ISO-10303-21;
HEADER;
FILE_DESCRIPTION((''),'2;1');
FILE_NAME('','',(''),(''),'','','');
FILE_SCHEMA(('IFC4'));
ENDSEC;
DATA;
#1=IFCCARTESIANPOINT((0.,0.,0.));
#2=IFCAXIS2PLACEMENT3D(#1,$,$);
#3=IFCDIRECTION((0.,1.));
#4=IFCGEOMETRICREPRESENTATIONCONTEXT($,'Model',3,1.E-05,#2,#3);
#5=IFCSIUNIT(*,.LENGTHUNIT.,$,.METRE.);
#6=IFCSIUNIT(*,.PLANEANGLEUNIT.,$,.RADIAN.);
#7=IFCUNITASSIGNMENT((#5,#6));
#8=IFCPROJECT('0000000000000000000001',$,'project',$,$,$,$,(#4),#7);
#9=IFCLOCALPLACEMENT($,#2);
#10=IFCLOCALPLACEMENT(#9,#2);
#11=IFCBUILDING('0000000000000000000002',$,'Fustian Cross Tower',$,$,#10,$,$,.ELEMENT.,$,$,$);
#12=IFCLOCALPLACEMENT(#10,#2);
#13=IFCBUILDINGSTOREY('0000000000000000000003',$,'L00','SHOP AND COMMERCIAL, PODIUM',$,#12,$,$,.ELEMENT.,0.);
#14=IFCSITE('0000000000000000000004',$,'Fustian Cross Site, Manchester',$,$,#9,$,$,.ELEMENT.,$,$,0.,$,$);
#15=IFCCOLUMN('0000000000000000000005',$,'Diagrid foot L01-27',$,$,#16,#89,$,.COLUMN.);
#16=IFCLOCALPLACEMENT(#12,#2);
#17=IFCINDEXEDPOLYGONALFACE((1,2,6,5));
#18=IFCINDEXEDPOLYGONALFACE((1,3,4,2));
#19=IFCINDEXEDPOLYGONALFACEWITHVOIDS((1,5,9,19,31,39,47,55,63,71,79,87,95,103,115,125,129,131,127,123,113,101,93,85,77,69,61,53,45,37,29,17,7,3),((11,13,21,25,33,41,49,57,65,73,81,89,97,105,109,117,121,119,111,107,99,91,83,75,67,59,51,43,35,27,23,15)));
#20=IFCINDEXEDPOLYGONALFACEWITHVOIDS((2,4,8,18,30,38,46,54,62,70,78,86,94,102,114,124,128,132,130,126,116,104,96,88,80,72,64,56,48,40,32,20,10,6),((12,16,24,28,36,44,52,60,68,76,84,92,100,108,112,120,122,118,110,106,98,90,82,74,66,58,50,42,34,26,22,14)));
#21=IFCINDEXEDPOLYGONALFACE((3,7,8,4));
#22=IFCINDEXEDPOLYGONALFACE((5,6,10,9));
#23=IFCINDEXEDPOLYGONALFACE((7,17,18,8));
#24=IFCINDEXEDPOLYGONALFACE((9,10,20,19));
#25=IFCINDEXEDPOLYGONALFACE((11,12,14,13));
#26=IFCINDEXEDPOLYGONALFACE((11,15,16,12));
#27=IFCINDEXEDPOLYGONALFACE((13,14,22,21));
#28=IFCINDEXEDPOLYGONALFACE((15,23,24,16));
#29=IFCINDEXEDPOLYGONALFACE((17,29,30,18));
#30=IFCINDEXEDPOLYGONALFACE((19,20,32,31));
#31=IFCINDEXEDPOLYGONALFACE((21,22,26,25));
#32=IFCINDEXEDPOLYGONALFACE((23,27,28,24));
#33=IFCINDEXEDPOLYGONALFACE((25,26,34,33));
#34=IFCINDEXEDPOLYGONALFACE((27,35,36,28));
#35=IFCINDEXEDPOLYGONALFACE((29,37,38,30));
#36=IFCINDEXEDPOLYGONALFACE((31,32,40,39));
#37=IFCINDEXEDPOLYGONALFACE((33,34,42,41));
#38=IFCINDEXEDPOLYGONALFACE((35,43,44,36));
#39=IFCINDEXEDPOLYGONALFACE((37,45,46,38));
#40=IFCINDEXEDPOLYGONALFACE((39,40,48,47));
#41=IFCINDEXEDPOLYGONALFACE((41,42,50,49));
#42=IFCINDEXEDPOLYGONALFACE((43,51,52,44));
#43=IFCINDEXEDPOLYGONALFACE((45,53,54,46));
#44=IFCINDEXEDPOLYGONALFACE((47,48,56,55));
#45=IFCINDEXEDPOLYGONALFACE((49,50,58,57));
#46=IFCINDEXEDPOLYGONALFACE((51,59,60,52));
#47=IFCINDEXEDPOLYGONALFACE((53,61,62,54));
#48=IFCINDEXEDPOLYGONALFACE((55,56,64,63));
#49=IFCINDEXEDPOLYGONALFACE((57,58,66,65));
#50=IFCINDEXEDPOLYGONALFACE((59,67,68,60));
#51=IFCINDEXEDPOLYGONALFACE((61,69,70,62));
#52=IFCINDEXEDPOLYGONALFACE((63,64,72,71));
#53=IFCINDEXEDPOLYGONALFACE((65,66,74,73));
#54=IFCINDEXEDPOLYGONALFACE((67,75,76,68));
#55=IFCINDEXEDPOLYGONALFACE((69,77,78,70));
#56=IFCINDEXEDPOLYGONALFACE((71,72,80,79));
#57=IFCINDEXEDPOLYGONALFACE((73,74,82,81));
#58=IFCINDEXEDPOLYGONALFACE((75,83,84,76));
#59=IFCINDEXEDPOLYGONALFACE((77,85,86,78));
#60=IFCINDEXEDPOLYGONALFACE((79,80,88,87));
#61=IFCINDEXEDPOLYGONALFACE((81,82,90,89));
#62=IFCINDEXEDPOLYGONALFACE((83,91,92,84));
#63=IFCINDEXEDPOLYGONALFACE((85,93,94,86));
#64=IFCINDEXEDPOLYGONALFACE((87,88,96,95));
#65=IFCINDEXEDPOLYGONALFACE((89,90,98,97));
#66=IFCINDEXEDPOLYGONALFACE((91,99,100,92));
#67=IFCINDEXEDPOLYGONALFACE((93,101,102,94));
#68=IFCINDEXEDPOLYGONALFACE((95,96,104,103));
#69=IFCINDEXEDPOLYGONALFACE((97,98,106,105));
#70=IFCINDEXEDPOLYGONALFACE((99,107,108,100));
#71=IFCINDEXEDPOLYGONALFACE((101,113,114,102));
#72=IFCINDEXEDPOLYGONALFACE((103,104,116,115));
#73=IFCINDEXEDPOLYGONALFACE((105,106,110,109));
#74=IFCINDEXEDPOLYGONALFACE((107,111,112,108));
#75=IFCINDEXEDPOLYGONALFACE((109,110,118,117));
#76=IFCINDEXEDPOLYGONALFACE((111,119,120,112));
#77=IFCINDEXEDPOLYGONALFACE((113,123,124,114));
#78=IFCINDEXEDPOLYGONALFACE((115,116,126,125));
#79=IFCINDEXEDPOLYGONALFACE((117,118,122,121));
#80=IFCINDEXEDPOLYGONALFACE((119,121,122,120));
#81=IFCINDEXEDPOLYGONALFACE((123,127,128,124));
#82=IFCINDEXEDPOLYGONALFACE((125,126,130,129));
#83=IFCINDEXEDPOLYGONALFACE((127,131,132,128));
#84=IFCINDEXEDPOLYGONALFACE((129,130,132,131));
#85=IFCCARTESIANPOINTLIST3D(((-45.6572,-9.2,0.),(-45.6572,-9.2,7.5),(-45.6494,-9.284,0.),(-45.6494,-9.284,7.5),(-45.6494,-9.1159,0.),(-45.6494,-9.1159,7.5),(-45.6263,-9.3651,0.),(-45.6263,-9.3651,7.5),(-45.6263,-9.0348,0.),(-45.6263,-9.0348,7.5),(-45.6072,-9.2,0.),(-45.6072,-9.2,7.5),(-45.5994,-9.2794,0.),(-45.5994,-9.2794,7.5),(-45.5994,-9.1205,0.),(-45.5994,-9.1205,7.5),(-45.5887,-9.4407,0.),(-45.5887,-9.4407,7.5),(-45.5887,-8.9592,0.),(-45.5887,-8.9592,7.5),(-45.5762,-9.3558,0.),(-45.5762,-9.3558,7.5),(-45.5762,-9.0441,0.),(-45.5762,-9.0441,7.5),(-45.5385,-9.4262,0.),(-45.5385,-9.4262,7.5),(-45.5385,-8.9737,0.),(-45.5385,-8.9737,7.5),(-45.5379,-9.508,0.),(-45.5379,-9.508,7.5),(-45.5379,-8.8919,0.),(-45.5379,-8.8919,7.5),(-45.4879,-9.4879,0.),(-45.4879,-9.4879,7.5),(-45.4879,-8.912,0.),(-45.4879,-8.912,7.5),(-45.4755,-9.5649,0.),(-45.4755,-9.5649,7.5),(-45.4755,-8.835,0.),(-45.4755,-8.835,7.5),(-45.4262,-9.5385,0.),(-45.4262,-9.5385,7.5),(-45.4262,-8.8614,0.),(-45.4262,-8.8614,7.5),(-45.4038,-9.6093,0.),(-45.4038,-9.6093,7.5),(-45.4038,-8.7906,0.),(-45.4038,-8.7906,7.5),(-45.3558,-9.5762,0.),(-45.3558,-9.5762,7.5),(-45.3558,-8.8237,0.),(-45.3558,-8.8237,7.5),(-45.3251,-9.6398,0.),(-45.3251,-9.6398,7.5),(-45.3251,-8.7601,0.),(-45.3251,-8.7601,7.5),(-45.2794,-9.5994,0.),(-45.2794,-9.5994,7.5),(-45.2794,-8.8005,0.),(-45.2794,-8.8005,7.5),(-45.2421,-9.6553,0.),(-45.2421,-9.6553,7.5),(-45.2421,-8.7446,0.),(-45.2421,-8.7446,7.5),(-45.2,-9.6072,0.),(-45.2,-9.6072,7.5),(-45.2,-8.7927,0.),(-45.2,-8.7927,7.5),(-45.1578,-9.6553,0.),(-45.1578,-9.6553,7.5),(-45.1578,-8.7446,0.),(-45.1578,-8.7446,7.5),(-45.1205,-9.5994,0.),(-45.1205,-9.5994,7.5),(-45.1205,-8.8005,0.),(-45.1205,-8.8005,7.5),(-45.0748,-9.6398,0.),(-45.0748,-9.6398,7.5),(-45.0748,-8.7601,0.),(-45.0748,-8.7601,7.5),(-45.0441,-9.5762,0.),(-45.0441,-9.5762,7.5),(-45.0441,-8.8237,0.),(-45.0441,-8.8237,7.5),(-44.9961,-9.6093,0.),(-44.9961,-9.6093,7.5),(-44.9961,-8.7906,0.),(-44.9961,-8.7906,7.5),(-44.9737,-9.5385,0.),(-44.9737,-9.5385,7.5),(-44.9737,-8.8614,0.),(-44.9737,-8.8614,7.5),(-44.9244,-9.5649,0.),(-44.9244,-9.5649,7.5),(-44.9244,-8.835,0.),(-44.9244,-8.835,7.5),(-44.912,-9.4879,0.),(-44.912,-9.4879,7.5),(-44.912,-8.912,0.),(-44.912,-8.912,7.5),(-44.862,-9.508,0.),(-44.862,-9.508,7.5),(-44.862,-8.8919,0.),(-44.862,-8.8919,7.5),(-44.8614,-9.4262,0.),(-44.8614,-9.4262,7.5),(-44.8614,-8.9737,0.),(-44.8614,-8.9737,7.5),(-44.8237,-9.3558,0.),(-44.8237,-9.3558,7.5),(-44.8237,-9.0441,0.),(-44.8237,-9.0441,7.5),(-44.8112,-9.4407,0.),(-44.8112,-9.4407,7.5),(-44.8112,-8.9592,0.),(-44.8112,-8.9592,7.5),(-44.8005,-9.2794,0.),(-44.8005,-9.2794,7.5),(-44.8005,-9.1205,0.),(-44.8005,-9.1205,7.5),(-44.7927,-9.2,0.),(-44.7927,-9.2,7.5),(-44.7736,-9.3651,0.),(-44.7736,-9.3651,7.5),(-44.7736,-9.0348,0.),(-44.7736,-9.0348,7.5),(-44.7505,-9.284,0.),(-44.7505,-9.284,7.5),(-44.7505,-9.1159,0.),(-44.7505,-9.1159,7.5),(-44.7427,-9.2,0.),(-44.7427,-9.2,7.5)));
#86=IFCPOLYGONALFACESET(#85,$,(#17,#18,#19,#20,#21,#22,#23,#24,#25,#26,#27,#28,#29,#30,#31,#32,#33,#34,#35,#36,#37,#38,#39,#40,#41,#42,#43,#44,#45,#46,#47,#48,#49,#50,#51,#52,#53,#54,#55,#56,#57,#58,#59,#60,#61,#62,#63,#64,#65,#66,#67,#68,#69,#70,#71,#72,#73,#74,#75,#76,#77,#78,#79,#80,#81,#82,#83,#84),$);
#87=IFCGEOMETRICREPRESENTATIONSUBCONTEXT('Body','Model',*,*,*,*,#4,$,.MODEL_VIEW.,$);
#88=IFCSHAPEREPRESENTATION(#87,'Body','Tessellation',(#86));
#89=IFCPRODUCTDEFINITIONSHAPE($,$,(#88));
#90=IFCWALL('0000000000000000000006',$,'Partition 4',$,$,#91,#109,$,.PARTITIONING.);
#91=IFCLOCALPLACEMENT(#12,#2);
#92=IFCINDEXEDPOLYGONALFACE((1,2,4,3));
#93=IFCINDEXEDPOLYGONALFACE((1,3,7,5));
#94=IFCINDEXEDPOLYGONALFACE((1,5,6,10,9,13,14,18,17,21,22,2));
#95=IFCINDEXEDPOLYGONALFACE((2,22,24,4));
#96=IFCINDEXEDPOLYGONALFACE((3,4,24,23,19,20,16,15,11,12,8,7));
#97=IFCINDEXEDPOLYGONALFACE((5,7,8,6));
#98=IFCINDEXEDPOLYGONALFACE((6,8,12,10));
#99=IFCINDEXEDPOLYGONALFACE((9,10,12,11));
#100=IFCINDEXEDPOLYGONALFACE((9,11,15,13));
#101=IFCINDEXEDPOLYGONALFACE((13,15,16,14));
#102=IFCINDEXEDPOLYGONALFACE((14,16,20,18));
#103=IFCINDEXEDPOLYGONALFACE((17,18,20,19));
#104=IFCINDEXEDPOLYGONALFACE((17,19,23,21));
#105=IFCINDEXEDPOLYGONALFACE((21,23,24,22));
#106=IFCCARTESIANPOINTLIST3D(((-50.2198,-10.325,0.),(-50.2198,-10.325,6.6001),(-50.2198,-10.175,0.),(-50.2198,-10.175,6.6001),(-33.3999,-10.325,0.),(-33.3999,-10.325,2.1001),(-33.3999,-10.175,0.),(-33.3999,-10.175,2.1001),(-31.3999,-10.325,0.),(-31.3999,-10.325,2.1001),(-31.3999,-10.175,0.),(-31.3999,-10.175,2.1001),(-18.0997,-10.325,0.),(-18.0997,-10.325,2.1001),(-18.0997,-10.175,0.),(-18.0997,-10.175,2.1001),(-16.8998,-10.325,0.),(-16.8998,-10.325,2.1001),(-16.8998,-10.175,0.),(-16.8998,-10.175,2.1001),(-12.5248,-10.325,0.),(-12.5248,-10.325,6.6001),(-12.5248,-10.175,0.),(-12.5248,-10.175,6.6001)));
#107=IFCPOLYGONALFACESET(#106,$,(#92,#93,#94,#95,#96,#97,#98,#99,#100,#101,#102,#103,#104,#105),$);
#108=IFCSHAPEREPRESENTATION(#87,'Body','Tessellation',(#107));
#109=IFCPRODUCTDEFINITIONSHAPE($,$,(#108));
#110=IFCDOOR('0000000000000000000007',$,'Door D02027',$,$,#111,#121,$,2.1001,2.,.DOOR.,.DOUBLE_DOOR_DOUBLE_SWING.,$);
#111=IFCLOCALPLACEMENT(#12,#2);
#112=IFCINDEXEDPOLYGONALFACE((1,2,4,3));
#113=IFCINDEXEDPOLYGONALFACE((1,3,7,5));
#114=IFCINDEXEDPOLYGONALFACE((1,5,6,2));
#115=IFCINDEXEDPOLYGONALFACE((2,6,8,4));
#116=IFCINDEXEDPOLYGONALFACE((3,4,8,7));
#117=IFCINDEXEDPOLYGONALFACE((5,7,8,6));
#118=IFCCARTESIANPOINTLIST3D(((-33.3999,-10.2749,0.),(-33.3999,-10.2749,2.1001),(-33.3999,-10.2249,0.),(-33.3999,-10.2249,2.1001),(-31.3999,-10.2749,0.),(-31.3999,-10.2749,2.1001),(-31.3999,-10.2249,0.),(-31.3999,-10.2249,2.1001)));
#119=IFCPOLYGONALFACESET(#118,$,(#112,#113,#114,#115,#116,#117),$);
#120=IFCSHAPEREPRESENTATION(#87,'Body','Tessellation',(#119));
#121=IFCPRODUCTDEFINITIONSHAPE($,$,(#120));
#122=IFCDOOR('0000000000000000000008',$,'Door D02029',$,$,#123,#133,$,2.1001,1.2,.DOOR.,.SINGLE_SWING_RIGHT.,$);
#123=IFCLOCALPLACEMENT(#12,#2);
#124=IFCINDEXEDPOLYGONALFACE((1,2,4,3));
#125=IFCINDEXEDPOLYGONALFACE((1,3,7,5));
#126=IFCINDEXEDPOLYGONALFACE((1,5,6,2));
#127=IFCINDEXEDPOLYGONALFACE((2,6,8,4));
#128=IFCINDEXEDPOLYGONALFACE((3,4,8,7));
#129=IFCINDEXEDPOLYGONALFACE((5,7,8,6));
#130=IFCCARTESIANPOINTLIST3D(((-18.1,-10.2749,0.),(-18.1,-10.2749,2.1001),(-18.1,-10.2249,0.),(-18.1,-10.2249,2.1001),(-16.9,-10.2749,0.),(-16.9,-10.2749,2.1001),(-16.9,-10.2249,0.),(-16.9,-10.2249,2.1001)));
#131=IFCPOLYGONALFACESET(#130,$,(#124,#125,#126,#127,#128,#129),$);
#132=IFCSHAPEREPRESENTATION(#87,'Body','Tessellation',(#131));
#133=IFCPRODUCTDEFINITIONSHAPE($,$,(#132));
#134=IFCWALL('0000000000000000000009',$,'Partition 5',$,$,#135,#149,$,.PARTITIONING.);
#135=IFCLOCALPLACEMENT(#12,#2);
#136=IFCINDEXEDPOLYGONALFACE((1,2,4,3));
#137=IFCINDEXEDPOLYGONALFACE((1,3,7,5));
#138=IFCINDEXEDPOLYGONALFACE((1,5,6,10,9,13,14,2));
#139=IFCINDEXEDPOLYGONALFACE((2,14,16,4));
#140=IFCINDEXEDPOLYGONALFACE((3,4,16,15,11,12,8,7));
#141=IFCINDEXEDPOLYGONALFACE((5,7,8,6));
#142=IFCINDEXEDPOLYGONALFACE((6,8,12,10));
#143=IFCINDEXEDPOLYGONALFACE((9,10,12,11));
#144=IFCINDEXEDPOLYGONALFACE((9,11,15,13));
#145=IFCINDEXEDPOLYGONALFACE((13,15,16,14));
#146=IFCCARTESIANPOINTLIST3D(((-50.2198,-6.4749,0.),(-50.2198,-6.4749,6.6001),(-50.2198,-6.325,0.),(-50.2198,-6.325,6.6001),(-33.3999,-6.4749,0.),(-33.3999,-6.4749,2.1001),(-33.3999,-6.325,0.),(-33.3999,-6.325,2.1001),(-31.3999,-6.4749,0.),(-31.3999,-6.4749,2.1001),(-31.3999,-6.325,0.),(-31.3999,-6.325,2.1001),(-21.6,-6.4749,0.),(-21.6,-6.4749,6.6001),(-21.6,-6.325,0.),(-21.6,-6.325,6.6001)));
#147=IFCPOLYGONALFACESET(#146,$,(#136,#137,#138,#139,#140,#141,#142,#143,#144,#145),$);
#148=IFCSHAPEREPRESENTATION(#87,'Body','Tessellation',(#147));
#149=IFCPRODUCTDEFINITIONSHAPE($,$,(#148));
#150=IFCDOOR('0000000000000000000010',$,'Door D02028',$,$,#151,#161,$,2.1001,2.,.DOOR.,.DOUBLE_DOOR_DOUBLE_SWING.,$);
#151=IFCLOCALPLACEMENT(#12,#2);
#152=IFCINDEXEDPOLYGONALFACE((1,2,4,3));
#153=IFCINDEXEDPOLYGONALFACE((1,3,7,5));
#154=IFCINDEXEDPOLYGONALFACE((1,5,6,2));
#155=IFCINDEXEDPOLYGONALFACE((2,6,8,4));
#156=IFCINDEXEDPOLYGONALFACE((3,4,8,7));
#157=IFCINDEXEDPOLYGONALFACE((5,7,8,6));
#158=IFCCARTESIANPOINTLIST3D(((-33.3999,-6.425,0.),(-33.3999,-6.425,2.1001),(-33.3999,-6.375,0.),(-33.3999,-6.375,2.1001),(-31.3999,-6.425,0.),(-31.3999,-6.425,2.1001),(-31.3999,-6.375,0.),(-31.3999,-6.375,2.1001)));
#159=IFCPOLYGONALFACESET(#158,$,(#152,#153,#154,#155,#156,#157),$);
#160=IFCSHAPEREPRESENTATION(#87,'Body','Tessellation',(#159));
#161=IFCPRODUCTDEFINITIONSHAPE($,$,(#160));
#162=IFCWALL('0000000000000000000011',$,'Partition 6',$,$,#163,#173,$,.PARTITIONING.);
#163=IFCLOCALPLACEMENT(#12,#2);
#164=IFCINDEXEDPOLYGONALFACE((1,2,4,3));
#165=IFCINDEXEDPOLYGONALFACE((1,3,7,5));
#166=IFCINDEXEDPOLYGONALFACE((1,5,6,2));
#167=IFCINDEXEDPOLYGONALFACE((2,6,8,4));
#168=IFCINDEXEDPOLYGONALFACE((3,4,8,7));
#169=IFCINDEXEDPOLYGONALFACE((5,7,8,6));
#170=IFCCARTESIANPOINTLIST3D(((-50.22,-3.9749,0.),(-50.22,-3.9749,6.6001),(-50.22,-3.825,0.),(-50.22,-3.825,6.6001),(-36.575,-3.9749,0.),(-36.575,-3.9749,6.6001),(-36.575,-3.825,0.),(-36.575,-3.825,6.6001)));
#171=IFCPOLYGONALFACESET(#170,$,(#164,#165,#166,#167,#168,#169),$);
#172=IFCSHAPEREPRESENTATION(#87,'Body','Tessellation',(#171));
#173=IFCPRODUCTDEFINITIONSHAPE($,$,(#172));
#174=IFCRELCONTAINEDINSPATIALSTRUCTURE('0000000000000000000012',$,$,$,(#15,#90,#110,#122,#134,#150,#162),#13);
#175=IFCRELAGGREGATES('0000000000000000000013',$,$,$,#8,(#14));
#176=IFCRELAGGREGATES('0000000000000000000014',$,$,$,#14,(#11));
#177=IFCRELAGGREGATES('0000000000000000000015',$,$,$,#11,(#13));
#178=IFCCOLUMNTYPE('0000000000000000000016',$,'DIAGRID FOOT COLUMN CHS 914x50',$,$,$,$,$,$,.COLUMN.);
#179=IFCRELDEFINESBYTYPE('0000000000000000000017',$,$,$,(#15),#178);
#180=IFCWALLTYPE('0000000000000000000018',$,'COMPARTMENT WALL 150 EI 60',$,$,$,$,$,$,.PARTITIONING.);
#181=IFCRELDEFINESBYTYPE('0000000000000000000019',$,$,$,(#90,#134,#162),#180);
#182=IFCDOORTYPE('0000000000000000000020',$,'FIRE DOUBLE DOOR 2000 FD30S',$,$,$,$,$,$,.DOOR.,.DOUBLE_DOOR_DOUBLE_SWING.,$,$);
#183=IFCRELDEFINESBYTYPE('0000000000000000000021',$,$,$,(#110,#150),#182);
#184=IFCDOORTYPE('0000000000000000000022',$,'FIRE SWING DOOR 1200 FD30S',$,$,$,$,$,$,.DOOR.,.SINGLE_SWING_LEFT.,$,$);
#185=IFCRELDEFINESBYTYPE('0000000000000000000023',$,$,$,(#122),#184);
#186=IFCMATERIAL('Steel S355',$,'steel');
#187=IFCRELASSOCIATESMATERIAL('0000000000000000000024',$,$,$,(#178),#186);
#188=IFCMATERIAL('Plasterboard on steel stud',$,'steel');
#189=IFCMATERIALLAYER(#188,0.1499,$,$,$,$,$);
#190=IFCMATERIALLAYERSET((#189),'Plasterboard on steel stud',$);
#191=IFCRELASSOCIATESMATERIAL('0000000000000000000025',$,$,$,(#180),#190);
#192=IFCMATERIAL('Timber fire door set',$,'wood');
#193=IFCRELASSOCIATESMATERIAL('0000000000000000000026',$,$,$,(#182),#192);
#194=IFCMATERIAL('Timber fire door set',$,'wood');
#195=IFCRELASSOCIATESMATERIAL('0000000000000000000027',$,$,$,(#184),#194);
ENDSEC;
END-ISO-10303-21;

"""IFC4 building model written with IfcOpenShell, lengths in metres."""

from ifc_helpers import new_model, si_unit, direction, frame, frame_2d, origin, origin_2d, place, context, subcontext, project, spatial, rectangle, hollow_circle, extrude, material, layer, layer_set, material_profile, profile_set, type_object, element, fill, save


model = new_model("IFC4")

# Units and contexts
model_context = context("Model", 3, precision=1e-05, world=origin(), true_north=direction((0.0, 1.0)))
body_context = subcontext(model_context, "Body", "Model", "MODEL_VIEW")
ifc_project = project(units=[si_unit("LENGTHUNIT", "METRE"), si_unit("PLANEANGLEUNIT", "RADIAN")], contexts=[model_context])

# Site, building, storey
site_placement = place(None, origin())
site = spatial("IfcSite", under=ifc_project, at=site_placement, Name="Fustian Cross Site, Manchester", CompositionType="ELEMENT", RefElevation=0.0)
building_placement = place(site_placement, origin())
building = spatial("IfcBuilding", under=site, at=building_placement, Name="Fustian Cross Tower", CompositionType="ELEMENT")
storey_placement = place(building_placement, origin())
storey = spatial("IfcBuildingStorey", under=building, at=storey_placement, Name="L00", Description="SHOP AND COMMERCIAL, PODIUM", CompositionType="ELEMENT", Elevation=0.0)

# Column
ifc_material_1 = material(Name="Steel S355", Category="steel")
ifc_material_profile_1 = material_profile(ifc_material_1, hollow_circle(Radius=0.4573, WallThickness=0.05, at=origin_2d()), Name="CHS 914x50")
ifc_profile_set_1 = profile_set([ifc_material_profile_1], Name="Steel S355")
column_type_1 = type_object("IfcColumnType", Name="DIAGRID FOOT COLUMN CHS 914x50", PredefinedType="COLUMN", material=ifc_profile_set_1)
for number, where, z_axis, x_axis, name in (
    (1, (-45.2, -9.2, 0.0), (0.0, 0.0, 1.0), (1.0, 0.0, 0.0), "Diagrid foot L01-27"),
):
    element("IfcColumn", number, at=place(storey_placement, frame(where, z_axis=z_axis, x_axis=x_axis)), inside=storey, type_object=column_type_1, Name=name, PredefinedType="COLUMN", context=body_context, shape_type="SweptSolid", body=[
        extrude(hollow_circle(Radius=0.4573, WallThickness=0.05, at=origin_2d()), origin(), (0.0, 0.0, 1.0), 7.5),
    ])

# Wall, openings, doors
ifc_material_2 = material(Name="Plasterboard on steel stud", Category="steel")
ifc_layer_1 = layer(ifc_material_2, 0.1499)
ifc_layer_set_1 = layer_set([ifc_layer_1], Name="Plasterboard on steel stud")
wall_type_1 = type_object("IfcWallType", Name="COMPARTMENT WALL 150 EI 60", PredefinedType="PARTITIONING", material=ifc_layer_set_1)
wall_1_placement = place(storey_placement, frame((-50.22, -10.25, 0.0), z_axis=(0.0, 0.0, 1.0), x_axis=(1.0, 0.0, 0.0)))
wall_1 = element("IfcWall", 2, at=wall_1_placement, inside=storey, type_object=wall_type_1, Name="Partition 4", PredefinedType="PARTITIONING", context=body_context, shape_type="SweptSolid", body=[
    extrude(rectangle(XDim=37.6951, YDim=0.1499, at=frame_2d((18.8477, 0.0))), origin(), (0.0, 0.0, 1.0), 6.6001),
])
opening_1_placement = place(wall_1_placement, frame((16.8201, 0.0, 0.0)))
opening_1 = element("IfcOpeningElement", 3, at=opening_1_placement, cuts=wall_1, PredefinedType="OPENING", context=body_context, shape_type="SweptSolid", body=[
    extrude(rectangle(XDim=2.0, YDim=2.1001, at=frame_2d((1.0, 1.05))), frame((0.0, 0.085, 0.0), z_axis=(0.0, -1.0, 0.0), x_axis=(1.0, 0.0, 0.0)), (0.0, 0.0, 1.0), 0.1699),
])
opening_2_placement = place(wall_1_placement, frame((32.1201, 0.0, 0.0)))
opening_2 = element("IfcOpeningElement", 4, at=opening_2_placement, cuts=wall_1, PredefinedType="OPENING", context=body_context, shape_type="SweptSolid", body=[
    extrude(rectangle(XDim=1.2, YDim=2.1001, at=frame_2d((0.6001, 1.05))), frame((0.0, 0.085, 0.0), z_axis=(0.0, -1.0, 0.0), x_axis=(1.0, 0.0, 0.0)), (0.0, 0.0, 1.0), 0.1699),
])
ifc_material_3 = material(Name="Timber fire door set", Category="wood")
door_type_1 = type_object("IfcDoorType", Name="FIRE DOUBLE DOOR 2000 FD30S", OperationType="DOUBLE_DOOR_DOUBLE_SWING", PredefinedType="DOOR", material=ifc_material_3)
door_1_placement = place(opening_1_placement, frame((2.0, 0.0, 0.0), z_axis=(0.0, 0.0, 1.0), x_axis=(-1.0, 0.0, 0.0)))
door_1 = element("IfcDoor", 5, at=door_1_placement, inside=storey, type_object=door_type_1, Name="Door D02027", OperationType="DOUBLE_DOOR_DOUBLE_SWING", OverallHeight=2.1001, OverallWidth=2.0, PredefinedType="DOOR", context=body_context, shape_type="SweptSolid", body=[
    extrude(rectangle(XDim=2.0, YDim=2.1001, at=frame_2d((1.0, 1.05))), frame((0.0, 0.0249, 0.0), z_axis=(0.0, -1.0, 0.0), x_axis=(1.0, 0.0, 0.0)), (0.0, 0.0, 1.0), 0.05),
])
fill(opening_1, door_1)
ifc_material_4 = material(Name="Timber fire door set", Category="wood")
door_type_2 = type_object("IfcDoorType", Name="FIRE SWING DOOR 1200 FD30S", OperationType="SINGLE_SWING_LEFT", PredefinedType="DOOR", material=ifc_material_4)
door_2_placement = place(opening_2_placement, frame((1.2, 0.0, 0.0), z_axis=(0.0, 0.0, 1.0), x_axis=(-1.0, 0.0, 0.0)))
door_2 = element("IfcDoor", 6, at=door_2_placement, inside=storey, type_object=door_type_2, Name="Door D02029", OperationType="SINGLE_SWING_RIGHT", OverallHeight=2.1001, OverallWidth=1.2, PredefinedType="DOOR", context=body_context, shape_type="SweptSolid", body=[
    extrude(rectangle(XDim=1.2, YDim=2.1001, at=frame_2d((0.6001, 1.05))), frame((0.0, 0.0249, 0.0), z_axis=(0.0, -1.0, 0.0), x_axis=(1.0, 0.0, 0.0)), (0.0, 0.0, 1.0), 0.05),
])
fill(opening_2, door_2)

# Wall, opening, door
wall_2_placement = place(storey_placement, frame((-50.22, -6.3999, 0.0), z_axis=(0.0, 0.0, 1.0), x_axis=(1.0, 0.0, 0.0)))
wall_2 = element("IfcWall", 7, at=wall_2_placement, inside=storey, type_object=wall_type_1, Name="Partition 5", PredefinedType="PARTITIONING", context=body_context, shape_type="SweptSolid", body=[
    extrude(rectangle(XDim=28.6199, YDim=0.1499, at=frame_2d((14.3101, 0.0))), origin(), (0.0, 0.0, 1.0), 6.6001),
])
opening_3_placement = place(wall_2_placement, frame((16.8201, 0.0, 0.0)))
opening_3 = element("IfcOpeningElement", 8, at=opening_3_placement, cuts=wall_2, PredefinedType="OPENING", context=body_context, shape_type="SweptSolid", body=[
    extrude(rectangle(XDim=2.0, YDim=2.1001, at=frame_2d((1.0, 1.05))), frame((0.0, 0.085, 0.0), z_axis=(0.0, -1.0, 0.0), x_axis=(1.0, 0.0, 0.0)), (0.0, 0.0, 1.0), 0.1699),
])
door_3_placement = place(opening_3_placement, origin())
door_3 = element("IfcDoor", 9, at=door_3_placement, inside=storey, type_object=door_type_1, Name="Door D02028", OperationType="DOUBLE_DOOR_DOUBLE_SWING", OverallHeight=2.1001, OverallWidth=2.0, PredefinedType="DOOR", context=body_context, shape_type="SweptSolid", body=[
    extrude(rectangle(XDim=2.0, YDim=2.1001, at=frame_2d((1.0, 1.05))), frame((0.0, 0.0249, 0.0), z_axis=(0.0, -1.0, 0.0), x_axis=(1.0, 0.0, 0.0)), (0.0, 0.0, 1.0), 0.05),
])
fill(opening_3, door_3)

# Wall
wall_3_placement = place(storey_placement, frame((-50.22, -3.8999, 0.0), z_axis=(0.0, 0.0, 1.0), x_axis=(1.0, 0.0, 0.0)))
element("IfcWall", 10, at=wall_3_placement, inside=storey, type_object=wall_type_1, Name="Partition 6", PredefinedType="PARTITIONING", context=body_context, shape_type="SweptSolid", body=[
    extrude(rectangle(XDim=13.645, YDim=0.1499, at=frame_2d((6.8225, 0.0))), origin(), (0.0, 0.0, 1.0), 6.6001),
])

save(model, "model.ifc")
